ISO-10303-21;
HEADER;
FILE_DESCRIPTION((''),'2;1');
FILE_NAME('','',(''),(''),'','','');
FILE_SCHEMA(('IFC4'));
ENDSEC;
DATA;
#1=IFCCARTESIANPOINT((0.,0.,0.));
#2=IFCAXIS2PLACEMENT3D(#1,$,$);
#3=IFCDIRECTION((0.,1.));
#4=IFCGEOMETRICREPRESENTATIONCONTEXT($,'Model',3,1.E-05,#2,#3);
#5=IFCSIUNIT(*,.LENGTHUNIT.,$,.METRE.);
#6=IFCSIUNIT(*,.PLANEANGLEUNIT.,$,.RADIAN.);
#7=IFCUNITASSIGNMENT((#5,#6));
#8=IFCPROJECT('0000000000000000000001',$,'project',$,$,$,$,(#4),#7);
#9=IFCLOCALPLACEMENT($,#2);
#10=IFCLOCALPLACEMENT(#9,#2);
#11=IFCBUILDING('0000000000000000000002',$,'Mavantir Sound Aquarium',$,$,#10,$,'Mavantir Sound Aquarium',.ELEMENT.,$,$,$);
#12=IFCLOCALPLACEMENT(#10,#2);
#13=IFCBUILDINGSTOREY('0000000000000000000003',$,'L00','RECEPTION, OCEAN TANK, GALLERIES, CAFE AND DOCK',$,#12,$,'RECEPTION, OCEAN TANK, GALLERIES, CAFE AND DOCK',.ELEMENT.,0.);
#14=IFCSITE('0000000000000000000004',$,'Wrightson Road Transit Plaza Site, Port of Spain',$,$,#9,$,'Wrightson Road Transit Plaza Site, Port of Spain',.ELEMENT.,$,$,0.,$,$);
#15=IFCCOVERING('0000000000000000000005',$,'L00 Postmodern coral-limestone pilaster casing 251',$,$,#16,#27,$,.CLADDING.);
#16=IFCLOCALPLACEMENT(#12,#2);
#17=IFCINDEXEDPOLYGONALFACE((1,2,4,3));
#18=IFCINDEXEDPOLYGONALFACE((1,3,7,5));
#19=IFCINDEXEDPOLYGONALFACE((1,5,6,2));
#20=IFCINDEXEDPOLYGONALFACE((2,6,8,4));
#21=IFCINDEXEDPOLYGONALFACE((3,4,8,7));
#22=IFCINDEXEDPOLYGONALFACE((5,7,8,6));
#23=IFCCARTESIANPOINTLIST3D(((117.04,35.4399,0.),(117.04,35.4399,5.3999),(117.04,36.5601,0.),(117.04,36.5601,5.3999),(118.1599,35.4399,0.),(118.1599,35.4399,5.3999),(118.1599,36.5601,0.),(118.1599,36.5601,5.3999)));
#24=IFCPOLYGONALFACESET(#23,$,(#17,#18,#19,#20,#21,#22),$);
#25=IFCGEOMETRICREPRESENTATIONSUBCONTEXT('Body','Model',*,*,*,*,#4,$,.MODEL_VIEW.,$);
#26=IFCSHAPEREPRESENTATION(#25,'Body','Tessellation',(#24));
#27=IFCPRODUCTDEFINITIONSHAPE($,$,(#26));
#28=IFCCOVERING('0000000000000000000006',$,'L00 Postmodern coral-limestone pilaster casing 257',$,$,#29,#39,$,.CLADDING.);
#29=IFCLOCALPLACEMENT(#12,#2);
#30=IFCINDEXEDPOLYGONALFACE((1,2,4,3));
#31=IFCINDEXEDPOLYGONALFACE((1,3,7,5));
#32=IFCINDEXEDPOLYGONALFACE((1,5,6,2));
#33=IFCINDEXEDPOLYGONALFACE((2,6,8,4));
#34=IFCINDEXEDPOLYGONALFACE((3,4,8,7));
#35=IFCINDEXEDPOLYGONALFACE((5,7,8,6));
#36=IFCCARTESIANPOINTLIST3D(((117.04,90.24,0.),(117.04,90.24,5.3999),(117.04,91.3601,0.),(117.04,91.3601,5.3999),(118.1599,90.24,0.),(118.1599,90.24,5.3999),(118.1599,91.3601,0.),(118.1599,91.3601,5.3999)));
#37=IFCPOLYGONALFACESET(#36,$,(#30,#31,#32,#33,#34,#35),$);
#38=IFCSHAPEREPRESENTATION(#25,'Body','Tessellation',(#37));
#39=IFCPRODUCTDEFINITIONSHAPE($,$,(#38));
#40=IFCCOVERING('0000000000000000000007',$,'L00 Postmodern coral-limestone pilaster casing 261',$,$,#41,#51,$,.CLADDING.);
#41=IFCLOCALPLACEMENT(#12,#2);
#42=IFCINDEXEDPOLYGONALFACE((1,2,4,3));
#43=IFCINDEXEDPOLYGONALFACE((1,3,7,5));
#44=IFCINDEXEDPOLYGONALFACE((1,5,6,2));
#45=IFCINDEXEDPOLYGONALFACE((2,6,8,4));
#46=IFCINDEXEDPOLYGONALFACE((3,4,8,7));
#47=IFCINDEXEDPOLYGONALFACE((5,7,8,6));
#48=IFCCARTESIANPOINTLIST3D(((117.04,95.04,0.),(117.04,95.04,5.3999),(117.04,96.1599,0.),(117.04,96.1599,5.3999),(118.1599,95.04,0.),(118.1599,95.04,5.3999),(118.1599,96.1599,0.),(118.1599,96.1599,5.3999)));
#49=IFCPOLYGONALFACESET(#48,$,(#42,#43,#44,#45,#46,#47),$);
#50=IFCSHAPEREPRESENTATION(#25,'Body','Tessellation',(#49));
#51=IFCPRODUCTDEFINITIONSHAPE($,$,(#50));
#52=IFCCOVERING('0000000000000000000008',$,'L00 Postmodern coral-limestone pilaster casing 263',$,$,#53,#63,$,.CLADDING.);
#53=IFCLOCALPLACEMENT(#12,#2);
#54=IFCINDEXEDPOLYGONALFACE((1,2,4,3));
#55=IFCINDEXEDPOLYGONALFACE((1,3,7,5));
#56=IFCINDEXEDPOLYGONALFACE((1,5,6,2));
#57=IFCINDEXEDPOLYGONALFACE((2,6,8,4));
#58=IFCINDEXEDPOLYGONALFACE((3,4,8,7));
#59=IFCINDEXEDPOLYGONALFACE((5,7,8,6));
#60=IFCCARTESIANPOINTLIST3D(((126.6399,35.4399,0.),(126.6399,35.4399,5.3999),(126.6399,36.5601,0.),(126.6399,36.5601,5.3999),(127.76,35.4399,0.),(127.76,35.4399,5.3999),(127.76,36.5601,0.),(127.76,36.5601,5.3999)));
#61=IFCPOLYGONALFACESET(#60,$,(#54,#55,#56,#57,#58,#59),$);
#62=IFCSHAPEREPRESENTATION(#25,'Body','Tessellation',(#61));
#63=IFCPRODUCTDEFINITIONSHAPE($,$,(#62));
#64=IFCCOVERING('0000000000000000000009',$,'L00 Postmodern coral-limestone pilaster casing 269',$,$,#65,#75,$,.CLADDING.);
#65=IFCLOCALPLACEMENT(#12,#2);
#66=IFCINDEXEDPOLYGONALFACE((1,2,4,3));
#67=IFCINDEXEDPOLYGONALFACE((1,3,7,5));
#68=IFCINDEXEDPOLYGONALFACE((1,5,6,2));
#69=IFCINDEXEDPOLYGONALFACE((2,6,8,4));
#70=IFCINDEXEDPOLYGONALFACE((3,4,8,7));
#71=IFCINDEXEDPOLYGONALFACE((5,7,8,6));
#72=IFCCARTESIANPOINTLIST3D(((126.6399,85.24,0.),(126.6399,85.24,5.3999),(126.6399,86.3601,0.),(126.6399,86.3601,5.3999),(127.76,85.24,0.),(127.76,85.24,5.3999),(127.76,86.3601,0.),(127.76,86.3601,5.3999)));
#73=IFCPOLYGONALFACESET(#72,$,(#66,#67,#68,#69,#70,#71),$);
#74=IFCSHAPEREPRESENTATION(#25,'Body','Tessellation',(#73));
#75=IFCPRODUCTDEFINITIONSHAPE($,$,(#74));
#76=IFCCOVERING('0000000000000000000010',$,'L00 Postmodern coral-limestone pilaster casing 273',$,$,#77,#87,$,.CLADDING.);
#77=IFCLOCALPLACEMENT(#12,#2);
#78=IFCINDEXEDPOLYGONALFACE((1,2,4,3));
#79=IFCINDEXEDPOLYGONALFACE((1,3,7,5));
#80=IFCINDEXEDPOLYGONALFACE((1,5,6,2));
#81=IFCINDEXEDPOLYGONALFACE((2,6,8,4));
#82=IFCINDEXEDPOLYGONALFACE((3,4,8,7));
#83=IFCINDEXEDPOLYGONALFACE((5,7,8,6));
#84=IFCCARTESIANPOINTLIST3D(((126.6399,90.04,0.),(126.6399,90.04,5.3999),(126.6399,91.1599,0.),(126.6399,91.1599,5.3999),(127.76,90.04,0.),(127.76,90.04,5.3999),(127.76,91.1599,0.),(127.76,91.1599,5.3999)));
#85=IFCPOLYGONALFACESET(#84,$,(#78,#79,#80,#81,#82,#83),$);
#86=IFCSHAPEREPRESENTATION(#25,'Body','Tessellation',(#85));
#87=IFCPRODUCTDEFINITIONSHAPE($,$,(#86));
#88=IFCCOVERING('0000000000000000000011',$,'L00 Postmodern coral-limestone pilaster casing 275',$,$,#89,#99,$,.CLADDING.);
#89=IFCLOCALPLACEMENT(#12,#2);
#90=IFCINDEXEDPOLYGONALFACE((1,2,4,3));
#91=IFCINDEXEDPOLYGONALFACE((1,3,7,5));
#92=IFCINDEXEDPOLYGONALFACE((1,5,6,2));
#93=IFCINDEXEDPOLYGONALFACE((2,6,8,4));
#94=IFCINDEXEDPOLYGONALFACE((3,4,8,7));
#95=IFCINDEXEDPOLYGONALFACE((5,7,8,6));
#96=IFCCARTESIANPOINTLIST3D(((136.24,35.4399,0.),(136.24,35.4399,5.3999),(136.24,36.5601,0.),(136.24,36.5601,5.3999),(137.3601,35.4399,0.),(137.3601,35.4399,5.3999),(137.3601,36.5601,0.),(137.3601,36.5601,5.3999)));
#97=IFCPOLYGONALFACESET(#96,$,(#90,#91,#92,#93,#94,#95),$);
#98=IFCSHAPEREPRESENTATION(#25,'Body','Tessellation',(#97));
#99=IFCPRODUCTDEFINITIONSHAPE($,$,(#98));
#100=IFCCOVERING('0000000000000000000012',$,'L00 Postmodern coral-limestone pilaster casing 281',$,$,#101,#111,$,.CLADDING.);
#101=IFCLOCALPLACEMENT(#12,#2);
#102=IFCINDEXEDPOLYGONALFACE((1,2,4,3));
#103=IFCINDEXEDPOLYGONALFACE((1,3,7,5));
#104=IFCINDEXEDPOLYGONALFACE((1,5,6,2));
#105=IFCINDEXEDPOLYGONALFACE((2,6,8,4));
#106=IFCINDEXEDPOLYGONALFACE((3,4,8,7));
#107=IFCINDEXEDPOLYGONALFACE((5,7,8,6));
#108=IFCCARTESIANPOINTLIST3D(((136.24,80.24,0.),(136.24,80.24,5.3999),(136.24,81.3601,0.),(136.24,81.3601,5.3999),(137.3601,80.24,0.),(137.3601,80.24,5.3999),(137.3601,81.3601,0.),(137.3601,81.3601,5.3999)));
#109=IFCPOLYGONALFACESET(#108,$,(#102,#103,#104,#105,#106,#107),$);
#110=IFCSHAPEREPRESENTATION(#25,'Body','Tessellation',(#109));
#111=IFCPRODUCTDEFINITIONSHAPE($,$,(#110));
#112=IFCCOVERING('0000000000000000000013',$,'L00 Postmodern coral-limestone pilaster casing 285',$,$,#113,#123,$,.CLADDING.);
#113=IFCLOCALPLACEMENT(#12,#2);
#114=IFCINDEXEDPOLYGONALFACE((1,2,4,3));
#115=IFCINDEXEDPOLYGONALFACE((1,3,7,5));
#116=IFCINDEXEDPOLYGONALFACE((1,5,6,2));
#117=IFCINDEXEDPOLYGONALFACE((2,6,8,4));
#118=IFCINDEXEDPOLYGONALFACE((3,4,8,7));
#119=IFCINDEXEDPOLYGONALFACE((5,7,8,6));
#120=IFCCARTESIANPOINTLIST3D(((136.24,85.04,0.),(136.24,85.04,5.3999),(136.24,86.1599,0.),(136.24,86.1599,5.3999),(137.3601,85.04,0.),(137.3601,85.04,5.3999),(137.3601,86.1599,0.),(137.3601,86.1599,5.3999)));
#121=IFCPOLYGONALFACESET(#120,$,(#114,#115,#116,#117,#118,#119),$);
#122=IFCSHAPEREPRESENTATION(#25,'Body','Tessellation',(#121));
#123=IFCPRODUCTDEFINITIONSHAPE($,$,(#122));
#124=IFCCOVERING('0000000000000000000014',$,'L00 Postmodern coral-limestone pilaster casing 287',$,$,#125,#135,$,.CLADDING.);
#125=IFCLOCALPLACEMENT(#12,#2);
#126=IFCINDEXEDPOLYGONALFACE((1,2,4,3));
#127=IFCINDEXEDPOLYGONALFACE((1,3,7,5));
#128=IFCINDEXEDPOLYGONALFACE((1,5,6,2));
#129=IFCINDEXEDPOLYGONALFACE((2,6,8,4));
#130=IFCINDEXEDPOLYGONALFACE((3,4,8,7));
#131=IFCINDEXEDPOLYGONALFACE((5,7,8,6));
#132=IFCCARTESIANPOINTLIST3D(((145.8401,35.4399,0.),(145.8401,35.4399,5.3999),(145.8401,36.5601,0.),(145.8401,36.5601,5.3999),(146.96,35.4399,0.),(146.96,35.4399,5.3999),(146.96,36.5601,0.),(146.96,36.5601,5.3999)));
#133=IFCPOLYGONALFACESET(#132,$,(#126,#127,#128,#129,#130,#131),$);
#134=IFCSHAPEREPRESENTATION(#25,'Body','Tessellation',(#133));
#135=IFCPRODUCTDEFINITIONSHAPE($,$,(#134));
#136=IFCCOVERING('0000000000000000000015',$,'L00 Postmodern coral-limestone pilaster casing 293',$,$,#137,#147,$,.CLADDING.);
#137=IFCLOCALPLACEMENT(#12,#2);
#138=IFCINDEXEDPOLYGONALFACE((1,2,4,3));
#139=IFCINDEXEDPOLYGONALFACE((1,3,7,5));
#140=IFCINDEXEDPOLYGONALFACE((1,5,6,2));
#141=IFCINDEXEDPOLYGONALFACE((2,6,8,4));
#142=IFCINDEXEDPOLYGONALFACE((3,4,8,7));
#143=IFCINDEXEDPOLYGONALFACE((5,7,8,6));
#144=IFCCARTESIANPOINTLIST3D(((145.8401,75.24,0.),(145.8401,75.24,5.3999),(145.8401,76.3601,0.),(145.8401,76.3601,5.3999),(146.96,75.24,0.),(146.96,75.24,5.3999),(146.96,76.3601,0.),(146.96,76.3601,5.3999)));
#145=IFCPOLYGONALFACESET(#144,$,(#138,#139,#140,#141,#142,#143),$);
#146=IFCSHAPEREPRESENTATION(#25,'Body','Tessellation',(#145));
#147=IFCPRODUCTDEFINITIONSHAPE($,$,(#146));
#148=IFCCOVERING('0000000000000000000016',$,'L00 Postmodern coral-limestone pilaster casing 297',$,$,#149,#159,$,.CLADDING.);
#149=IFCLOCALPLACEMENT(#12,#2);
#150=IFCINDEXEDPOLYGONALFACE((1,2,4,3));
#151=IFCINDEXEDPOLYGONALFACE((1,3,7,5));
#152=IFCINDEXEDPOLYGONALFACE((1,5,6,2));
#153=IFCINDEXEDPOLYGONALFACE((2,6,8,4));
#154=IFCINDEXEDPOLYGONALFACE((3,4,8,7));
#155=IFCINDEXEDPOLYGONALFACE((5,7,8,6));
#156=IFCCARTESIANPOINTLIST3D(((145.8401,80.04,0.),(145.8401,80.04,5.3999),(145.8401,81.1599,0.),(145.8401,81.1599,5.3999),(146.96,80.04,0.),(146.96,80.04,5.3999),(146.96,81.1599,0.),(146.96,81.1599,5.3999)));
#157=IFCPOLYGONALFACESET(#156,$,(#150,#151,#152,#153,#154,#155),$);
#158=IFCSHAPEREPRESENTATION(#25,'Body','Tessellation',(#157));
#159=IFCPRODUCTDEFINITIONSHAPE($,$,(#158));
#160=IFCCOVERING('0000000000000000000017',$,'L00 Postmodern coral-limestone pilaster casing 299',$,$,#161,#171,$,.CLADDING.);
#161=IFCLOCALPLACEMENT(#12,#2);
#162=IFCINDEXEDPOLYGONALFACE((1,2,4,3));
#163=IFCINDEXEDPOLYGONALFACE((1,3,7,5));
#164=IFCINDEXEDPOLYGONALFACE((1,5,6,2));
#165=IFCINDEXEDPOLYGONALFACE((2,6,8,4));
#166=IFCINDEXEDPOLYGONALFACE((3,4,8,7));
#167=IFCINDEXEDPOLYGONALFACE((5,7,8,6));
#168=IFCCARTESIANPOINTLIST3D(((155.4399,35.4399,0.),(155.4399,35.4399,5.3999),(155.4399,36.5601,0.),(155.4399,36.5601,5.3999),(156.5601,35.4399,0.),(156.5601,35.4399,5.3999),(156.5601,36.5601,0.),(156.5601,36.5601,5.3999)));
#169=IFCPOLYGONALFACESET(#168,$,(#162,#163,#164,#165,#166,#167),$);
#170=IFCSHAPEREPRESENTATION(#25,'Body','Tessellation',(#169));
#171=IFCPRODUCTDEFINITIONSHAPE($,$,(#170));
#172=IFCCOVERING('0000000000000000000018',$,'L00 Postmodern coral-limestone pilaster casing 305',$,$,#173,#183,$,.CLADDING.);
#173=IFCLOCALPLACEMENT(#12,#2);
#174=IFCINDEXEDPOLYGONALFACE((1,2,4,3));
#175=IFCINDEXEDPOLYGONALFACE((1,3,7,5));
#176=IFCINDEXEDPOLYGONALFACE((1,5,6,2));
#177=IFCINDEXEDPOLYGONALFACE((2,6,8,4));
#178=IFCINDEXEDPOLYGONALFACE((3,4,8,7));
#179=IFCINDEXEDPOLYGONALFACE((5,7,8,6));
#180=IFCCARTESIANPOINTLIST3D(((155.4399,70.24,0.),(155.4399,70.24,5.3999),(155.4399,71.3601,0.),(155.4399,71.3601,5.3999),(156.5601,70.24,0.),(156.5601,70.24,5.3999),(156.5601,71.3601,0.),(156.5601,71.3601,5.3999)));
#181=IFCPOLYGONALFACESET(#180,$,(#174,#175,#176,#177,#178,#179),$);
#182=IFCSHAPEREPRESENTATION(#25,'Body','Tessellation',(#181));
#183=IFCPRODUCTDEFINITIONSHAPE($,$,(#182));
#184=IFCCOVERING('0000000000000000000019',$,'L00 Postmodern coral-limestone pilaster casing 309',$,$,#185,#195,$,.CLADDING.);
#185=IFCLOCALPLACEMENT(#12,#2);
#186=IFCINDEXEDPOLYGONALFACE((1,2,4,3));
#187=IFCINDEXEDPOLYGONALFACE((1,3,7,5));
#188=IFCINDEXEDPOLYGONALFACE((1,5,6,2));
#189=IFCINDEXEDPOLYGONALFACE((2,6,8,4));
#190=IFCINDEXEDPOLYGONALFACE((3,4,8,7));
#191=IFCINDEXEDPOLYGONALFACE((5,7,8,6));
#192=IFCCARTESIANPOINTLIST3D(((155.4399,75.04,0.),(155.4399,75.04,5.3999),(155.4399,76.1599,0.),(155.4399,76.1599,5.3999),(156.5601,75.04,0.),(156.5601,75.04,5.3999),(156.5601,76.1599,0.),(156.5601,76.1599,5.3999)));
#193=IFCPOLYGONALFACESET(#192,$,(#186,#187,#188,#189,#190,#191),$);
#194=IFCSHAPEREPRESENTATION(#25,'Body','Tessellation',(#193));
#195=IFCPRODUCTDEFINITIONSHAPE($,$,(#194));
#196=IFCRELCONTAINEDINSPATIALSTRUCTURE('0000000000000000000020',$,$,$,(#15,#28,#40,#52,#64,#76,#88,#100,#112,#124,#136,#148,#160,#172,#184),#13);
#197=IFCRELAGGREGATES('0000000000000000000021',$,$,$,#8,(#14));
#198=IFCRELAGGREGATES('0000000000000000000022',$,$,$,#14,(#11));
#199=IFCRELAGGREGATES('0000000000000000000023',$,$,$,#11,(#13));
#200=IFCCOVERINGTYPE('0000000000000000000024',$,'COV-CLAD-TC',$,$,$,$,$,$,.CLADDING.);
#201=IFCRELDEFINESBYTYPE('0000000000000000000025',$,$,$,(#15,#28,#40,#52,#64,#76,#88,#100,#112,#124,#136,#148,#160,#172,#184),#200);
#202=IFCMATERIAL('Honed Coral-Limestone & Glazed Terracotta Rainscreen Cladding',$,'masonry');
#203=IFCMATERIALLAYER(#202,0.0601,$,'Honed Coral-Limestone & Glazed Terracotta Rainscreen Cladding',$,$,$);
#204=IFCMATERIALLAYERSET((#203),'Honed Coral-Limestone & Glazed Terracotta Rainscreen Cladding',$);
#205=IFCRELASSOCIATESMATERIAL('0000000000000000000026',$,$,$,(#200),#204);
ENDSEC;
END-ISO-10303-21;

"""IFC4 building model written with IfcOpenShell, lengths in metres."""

from ifc_helpers import new_model, si_unit, direction, origin, place, context, subcontext, project, spatial, polyline, outline, extrude, material, layer, layer_set, type_object, element, save


model = new_model("IFC4")

# Units and contexts
model_context = context("Model", 3, precision=1e-05, world=origin(), true_north=direction((0.0, 1.0)))
body_context = subcontext(model_context, "Body", "Model", "MODEL_VIEW")
ifc_project = project(units=[si_unit("LENGTHUNIT", "METRE"), si_unit("PLANEANGLEUNIT", "RADIAN")], contexts=[model_context])

# Site, building, storey
site_placement = place(None, origin())
site = spatial("IfcSite", under=ifc_project, at=site_placement, Name="Wrightson Road Transit Plaza Site, Port of Spain", LongName="Wrightson Road Transit Plaza Site, Port of Spain", CompositionType="ELEMENT", RefElevation=0.0)
building_placement = place(site_placement, origin())
building = spatial("IfcBuilding", under=site, at=building_placement, Name="Mavantir Sound Aquarium", LongName="Mavantir Sound Aquarium", CompositionType="ELEMENT")
storey_placement = place(building_placement, origin())
storey = spatial("IfcBuildingStorey", under=building, at=storey_placement, Name="L00", Description="RECEPTION, OCEAN TANK, GALLERIES, CAFE AND DOCK", LongName="RECEPTION, OCEAN TANK, GALLERIES, CAFE AND DOCK", CompositionType="ELEMENT", Elevation=0.0)

# Coverings
ifc_material = material(Name="Honed Coral-Limestone & Glazed Terracotta Rainscreen Cladding", Category="masonry")
ifc_layer = layer(ifc_material, 0.0601, Name="Honed Coral-Limestone & Glazed Terracotta Rainscreen Cladding")
ifc_layer_set = layer_set([ifc_layer], Name="Honed Coral-Limestone & Glazed Terracotta Rainscreen Cladding")
covering_type = type_object("IfcCoveringType", Name="COV-CLAD-TC", PredefinedType="CLADDING", material=ifc_layer_set)
covering_1_placement = place(storey_placement, origin())
element("IfcCovering", 1, at=covering_1_placement, inside=storey, type_object=covering_type, Name="L00 Postmodern coral-limestone pilaster casing 251", PredefinedType="CLADDING", context=body_context, shape_type="SweptSolid", body=[
    extrude(outline(polyline([(117.04, 35.4399), (118.1599, 35.4399), (118.1599, 36.5601), (117.04, 36.5601), (117.04, 35.4399)])), origin(), (0.0, 0.0, 1.0), 5.3999),
])
covering_2_placement = place(storey_placement, origin())
element("IfcCovering", 2, at=covering_2_placement, inside=storey, type_object=covering_type, Name="L00 Postmodern coral-limestone pilaster casing 257", PredefinedType="CLADDING", context=body_context, shape_type="SweptSolid", body=[
    extrude(outline(polyline([(117.04, 90.24), (118.1599, 90.24), (118.1599, 91.3601), (117.04, 91.3601), (117.04, 90.24)])), origin(), (0.0, 0.0, 1.0), 5.3999),
])
covering_3_placement = place(storey_placement, origin())
element("IfcCovering", 3, at=covering_3_placement, inside=storey, type_object=covering_type, Name="L00 Postmodern coral-limestone pilaster casing 261", PredefinedType="CLADDING", context=body_context, shape_type="SweptSolid", body=[
    extrude(outline(polyline([(117.04, 95.04), (118.1599, 95.04), (118.1599, 96.1599), (117.04, 96.1599), (117.04, 95.04)])), origin(), (0.0, 0.0, 1.0), 5.3999),
])
covering_4_placement = place(storey_placement, origin())
element("IfcCovering", 4, at=covering_4_placement, inside=storey, type_object=covering_type, Name="L00 Postmodern coral-limestone pilaster casing 263", PredefinedType="CLADDING", context=body_context, shape_type="SweptSolid", body=[
    extrude(outline(polyline([(126.6399, 35.4399), (127.76, 35.4399), (127.76, 36.5601), (126.6399, 36.5601), (126.6399, 35.4399)])), origin(), (0.0, 0.0, 1.0), 5.3999),
])
covering_5_placement = place(storey_placement, origin())
element("IfcCovering", 5, at=covering_5_placement, inside=storey, type_object=covering_type, Name="L00 Postmodern coral-limestone pilaster casing 269", PredefinedType="CLADDING", context=body_context, shape_type="SweptSolid", body=[
    extrude(outline(polyline([(126.6399, 85.24), (127.76, 85.24), (127.76, 86.3601), (126.6399, 86.3601), (126.6399, 85.24)])), origin(), (0.0, 0.0, 1.0), 5.3999),
])
covering_6_placement = place(storey_placement, origin())
element("IfcCovering", 6, at=covering_6_placement, inside=storey, type_object=covering_type, Name="L00 Postmodern coral-limestone pilaster casing 273", PredefinedType="CLADDING", context=body_context, shape_type="SweptSolid", body=[
    extrude(outline(polyline([(126.6399, 90.04), (127.76, 90.04), (127.76, 91.1599), (126.6399, 91.1599), (126.6399, 90.04)])), origin(), (0.0, 0.0, 1.0), 5.3999),
])
covering_7_placement = place(storey_placement, origin())
element("IfcCovering", 7, at=covering_7_placement, inside=storey, type_object=covering_type, Name="L00 Postmodern coral-limestone pilaster casing 275", PredefinedType="CLADDING", context=body_context, shape_type="SweptSolid", body=[
    extrude(outline(polyline([(136.24, 35.4399), (137.3601, 35.4399), (137.3601, 36.5601), (136.24, 36.5601), (136.24, 35.4399)])), origin(), (0.0, 0.0, 1.0), 5.3999),
])
covering_8_placement = place(storey_placement, origin())
element("IfcCovering", 8, at=covering_8_placement, inside=storey, type_object=covering_type, Name="L00 Postmodern coral-limestone pilaster casing 281", PredefinedType="CLADDING", context=body_context, shape_type="SweptSolid", body=[
    extrude(outline(polyline([(136.24, 80.24), (137.3601, 80.24), (137.3601, 81.3601), (136.24, 81.3601), (136.24, 80.24)])), origin(), (0.0, 0.0, 1.0), 5.3999),
])
covering_9_placement = place(storey_placement, origin())
element("IfcCovering", 9, at=covering_9_placement, inside=storey, type_object=covering_type, Name="L00 Postmodern coral-limestone pilaster casing 285", PredefinedType="CLADDING", context=body_context, shape_type="SweptSolid", body=[
    extrude(outline(polyline([(136.24, 85.04), (137.3601, 85.04), (137.3601, 86.1599), (136.24, 86.1599), (136.24, 85.04)])), origin(), (0.0, 0.0, 1.0), 5.3999),
])
covering_10_placement = place(storey_placement, origin())
element("IfcCovering", 10, at=covering_10_placement, inside=storey, type_object=covering_type, Name="L00 Postmodern coral-limestone pilaster casing 287", PredefinedType="CLADDING", context=body_context, shape_type="SweptSolid", body=[
    extrude(outline(polyline([(145.8401, 35.4399), (146.96, 35.4399), (146.96, 36.5601), (145.8401, 36.5601), (145.8401, 35.4399)])), origin(), (0.0, 0.0, 1.0), 5.3999),
])
covering_11_placement = place(storey_placement, origin())
element("IfcCovering", 11, at=covering_11_placement, inside=storey, type_object=covering_type, Name="L00 Postmodern coral-limestone pilaster casing 293", PredefinedType="CLADDING", context=body_context, shape_type="SweptSolid", body=[
    extrude(outline(polyline([(145.8401, 75.24), (146.96, 75.24), (146.96, 76.3601), (145.8401, 76.3601), (145.8401, 75.24)])), origin(), (0.0, 0.0, 1.0), 5.3999),
])
covering_12_placement = place(storey_placement, origin())
element("IfcCovering", 12, at=covering_12_placement, inside=storey, type_object=covering_type, Name="L00 Postmodern coral-limestone pilaster casing 297", PredefinedType="CLADDING", context=body_context, shape_type="SweptSolid", body=[
    extrude(outline(polyline([(145.8401, 80.04), (146.96, 80.04), (146.96, 81.1599), (145.8401, 81.1599), (145.8401, 80.04)])), origin(), (0.0, 0.0, 1.0), 5.3999),
])
covering_13_placement = place(storey_placement, origin())
element("IfcCovering", 13, at=covering_13_placement, inside=storey, type_object=covering_type, Name="L00 Postmodern coral-limestone pilaster casing 299", PredefinedType="CLADDING", context=body_context, shape_type="SweptSolid", body=[
    extrude(outline(polyline([(155.4399, 35.4399), (156.5601, 35.4399), (156.5601, 36.5601), (155.4399, 36.5601), (155.4399, 35.4399)])), origin(), (0.0, 0.0, 1.0), 5.3999),
])
covering_14_placement = place(storey_placement, origin())
element("IfcCovering", 14, at=covering_14_placement, inside=storey, type_object=covering_type, Name="L00 Postmodern coral-limestone pilaster casing 305", PredefinedType="CLADDING", context=body_context, shape_type="SweptSolid", body=[
    extrude(outline(polyline([(155.4399, 70.24), (156.5601, 70.24), (156.5601, 71.3601), (155.4399, 71.3601), (155.4399, 70.24)])), origin(), (0.0, 0.0, 1.0), 5.3999),
])
covering_15_placement = place(storey_placement, origin())
element("IfcCovering", 15, at=covering_15_placement, inside=storey, type_object=covering_type, Name="L00 Postmodern coral-limestone pilaster casing 309", PredefinedType="CLADDING", context=body_context, shape_type="SweptSolid", body=[
    extrude(outline(polyline([(155.4399, 75.04), (156.5601, 75.04), (156.5601, 76.1599), (155.4399, 76.1599), (155.4399, 75.04)])), origin(), (0.0, 0.0, 1.0), 5.3999),
])

save(model, "model.ifc")
